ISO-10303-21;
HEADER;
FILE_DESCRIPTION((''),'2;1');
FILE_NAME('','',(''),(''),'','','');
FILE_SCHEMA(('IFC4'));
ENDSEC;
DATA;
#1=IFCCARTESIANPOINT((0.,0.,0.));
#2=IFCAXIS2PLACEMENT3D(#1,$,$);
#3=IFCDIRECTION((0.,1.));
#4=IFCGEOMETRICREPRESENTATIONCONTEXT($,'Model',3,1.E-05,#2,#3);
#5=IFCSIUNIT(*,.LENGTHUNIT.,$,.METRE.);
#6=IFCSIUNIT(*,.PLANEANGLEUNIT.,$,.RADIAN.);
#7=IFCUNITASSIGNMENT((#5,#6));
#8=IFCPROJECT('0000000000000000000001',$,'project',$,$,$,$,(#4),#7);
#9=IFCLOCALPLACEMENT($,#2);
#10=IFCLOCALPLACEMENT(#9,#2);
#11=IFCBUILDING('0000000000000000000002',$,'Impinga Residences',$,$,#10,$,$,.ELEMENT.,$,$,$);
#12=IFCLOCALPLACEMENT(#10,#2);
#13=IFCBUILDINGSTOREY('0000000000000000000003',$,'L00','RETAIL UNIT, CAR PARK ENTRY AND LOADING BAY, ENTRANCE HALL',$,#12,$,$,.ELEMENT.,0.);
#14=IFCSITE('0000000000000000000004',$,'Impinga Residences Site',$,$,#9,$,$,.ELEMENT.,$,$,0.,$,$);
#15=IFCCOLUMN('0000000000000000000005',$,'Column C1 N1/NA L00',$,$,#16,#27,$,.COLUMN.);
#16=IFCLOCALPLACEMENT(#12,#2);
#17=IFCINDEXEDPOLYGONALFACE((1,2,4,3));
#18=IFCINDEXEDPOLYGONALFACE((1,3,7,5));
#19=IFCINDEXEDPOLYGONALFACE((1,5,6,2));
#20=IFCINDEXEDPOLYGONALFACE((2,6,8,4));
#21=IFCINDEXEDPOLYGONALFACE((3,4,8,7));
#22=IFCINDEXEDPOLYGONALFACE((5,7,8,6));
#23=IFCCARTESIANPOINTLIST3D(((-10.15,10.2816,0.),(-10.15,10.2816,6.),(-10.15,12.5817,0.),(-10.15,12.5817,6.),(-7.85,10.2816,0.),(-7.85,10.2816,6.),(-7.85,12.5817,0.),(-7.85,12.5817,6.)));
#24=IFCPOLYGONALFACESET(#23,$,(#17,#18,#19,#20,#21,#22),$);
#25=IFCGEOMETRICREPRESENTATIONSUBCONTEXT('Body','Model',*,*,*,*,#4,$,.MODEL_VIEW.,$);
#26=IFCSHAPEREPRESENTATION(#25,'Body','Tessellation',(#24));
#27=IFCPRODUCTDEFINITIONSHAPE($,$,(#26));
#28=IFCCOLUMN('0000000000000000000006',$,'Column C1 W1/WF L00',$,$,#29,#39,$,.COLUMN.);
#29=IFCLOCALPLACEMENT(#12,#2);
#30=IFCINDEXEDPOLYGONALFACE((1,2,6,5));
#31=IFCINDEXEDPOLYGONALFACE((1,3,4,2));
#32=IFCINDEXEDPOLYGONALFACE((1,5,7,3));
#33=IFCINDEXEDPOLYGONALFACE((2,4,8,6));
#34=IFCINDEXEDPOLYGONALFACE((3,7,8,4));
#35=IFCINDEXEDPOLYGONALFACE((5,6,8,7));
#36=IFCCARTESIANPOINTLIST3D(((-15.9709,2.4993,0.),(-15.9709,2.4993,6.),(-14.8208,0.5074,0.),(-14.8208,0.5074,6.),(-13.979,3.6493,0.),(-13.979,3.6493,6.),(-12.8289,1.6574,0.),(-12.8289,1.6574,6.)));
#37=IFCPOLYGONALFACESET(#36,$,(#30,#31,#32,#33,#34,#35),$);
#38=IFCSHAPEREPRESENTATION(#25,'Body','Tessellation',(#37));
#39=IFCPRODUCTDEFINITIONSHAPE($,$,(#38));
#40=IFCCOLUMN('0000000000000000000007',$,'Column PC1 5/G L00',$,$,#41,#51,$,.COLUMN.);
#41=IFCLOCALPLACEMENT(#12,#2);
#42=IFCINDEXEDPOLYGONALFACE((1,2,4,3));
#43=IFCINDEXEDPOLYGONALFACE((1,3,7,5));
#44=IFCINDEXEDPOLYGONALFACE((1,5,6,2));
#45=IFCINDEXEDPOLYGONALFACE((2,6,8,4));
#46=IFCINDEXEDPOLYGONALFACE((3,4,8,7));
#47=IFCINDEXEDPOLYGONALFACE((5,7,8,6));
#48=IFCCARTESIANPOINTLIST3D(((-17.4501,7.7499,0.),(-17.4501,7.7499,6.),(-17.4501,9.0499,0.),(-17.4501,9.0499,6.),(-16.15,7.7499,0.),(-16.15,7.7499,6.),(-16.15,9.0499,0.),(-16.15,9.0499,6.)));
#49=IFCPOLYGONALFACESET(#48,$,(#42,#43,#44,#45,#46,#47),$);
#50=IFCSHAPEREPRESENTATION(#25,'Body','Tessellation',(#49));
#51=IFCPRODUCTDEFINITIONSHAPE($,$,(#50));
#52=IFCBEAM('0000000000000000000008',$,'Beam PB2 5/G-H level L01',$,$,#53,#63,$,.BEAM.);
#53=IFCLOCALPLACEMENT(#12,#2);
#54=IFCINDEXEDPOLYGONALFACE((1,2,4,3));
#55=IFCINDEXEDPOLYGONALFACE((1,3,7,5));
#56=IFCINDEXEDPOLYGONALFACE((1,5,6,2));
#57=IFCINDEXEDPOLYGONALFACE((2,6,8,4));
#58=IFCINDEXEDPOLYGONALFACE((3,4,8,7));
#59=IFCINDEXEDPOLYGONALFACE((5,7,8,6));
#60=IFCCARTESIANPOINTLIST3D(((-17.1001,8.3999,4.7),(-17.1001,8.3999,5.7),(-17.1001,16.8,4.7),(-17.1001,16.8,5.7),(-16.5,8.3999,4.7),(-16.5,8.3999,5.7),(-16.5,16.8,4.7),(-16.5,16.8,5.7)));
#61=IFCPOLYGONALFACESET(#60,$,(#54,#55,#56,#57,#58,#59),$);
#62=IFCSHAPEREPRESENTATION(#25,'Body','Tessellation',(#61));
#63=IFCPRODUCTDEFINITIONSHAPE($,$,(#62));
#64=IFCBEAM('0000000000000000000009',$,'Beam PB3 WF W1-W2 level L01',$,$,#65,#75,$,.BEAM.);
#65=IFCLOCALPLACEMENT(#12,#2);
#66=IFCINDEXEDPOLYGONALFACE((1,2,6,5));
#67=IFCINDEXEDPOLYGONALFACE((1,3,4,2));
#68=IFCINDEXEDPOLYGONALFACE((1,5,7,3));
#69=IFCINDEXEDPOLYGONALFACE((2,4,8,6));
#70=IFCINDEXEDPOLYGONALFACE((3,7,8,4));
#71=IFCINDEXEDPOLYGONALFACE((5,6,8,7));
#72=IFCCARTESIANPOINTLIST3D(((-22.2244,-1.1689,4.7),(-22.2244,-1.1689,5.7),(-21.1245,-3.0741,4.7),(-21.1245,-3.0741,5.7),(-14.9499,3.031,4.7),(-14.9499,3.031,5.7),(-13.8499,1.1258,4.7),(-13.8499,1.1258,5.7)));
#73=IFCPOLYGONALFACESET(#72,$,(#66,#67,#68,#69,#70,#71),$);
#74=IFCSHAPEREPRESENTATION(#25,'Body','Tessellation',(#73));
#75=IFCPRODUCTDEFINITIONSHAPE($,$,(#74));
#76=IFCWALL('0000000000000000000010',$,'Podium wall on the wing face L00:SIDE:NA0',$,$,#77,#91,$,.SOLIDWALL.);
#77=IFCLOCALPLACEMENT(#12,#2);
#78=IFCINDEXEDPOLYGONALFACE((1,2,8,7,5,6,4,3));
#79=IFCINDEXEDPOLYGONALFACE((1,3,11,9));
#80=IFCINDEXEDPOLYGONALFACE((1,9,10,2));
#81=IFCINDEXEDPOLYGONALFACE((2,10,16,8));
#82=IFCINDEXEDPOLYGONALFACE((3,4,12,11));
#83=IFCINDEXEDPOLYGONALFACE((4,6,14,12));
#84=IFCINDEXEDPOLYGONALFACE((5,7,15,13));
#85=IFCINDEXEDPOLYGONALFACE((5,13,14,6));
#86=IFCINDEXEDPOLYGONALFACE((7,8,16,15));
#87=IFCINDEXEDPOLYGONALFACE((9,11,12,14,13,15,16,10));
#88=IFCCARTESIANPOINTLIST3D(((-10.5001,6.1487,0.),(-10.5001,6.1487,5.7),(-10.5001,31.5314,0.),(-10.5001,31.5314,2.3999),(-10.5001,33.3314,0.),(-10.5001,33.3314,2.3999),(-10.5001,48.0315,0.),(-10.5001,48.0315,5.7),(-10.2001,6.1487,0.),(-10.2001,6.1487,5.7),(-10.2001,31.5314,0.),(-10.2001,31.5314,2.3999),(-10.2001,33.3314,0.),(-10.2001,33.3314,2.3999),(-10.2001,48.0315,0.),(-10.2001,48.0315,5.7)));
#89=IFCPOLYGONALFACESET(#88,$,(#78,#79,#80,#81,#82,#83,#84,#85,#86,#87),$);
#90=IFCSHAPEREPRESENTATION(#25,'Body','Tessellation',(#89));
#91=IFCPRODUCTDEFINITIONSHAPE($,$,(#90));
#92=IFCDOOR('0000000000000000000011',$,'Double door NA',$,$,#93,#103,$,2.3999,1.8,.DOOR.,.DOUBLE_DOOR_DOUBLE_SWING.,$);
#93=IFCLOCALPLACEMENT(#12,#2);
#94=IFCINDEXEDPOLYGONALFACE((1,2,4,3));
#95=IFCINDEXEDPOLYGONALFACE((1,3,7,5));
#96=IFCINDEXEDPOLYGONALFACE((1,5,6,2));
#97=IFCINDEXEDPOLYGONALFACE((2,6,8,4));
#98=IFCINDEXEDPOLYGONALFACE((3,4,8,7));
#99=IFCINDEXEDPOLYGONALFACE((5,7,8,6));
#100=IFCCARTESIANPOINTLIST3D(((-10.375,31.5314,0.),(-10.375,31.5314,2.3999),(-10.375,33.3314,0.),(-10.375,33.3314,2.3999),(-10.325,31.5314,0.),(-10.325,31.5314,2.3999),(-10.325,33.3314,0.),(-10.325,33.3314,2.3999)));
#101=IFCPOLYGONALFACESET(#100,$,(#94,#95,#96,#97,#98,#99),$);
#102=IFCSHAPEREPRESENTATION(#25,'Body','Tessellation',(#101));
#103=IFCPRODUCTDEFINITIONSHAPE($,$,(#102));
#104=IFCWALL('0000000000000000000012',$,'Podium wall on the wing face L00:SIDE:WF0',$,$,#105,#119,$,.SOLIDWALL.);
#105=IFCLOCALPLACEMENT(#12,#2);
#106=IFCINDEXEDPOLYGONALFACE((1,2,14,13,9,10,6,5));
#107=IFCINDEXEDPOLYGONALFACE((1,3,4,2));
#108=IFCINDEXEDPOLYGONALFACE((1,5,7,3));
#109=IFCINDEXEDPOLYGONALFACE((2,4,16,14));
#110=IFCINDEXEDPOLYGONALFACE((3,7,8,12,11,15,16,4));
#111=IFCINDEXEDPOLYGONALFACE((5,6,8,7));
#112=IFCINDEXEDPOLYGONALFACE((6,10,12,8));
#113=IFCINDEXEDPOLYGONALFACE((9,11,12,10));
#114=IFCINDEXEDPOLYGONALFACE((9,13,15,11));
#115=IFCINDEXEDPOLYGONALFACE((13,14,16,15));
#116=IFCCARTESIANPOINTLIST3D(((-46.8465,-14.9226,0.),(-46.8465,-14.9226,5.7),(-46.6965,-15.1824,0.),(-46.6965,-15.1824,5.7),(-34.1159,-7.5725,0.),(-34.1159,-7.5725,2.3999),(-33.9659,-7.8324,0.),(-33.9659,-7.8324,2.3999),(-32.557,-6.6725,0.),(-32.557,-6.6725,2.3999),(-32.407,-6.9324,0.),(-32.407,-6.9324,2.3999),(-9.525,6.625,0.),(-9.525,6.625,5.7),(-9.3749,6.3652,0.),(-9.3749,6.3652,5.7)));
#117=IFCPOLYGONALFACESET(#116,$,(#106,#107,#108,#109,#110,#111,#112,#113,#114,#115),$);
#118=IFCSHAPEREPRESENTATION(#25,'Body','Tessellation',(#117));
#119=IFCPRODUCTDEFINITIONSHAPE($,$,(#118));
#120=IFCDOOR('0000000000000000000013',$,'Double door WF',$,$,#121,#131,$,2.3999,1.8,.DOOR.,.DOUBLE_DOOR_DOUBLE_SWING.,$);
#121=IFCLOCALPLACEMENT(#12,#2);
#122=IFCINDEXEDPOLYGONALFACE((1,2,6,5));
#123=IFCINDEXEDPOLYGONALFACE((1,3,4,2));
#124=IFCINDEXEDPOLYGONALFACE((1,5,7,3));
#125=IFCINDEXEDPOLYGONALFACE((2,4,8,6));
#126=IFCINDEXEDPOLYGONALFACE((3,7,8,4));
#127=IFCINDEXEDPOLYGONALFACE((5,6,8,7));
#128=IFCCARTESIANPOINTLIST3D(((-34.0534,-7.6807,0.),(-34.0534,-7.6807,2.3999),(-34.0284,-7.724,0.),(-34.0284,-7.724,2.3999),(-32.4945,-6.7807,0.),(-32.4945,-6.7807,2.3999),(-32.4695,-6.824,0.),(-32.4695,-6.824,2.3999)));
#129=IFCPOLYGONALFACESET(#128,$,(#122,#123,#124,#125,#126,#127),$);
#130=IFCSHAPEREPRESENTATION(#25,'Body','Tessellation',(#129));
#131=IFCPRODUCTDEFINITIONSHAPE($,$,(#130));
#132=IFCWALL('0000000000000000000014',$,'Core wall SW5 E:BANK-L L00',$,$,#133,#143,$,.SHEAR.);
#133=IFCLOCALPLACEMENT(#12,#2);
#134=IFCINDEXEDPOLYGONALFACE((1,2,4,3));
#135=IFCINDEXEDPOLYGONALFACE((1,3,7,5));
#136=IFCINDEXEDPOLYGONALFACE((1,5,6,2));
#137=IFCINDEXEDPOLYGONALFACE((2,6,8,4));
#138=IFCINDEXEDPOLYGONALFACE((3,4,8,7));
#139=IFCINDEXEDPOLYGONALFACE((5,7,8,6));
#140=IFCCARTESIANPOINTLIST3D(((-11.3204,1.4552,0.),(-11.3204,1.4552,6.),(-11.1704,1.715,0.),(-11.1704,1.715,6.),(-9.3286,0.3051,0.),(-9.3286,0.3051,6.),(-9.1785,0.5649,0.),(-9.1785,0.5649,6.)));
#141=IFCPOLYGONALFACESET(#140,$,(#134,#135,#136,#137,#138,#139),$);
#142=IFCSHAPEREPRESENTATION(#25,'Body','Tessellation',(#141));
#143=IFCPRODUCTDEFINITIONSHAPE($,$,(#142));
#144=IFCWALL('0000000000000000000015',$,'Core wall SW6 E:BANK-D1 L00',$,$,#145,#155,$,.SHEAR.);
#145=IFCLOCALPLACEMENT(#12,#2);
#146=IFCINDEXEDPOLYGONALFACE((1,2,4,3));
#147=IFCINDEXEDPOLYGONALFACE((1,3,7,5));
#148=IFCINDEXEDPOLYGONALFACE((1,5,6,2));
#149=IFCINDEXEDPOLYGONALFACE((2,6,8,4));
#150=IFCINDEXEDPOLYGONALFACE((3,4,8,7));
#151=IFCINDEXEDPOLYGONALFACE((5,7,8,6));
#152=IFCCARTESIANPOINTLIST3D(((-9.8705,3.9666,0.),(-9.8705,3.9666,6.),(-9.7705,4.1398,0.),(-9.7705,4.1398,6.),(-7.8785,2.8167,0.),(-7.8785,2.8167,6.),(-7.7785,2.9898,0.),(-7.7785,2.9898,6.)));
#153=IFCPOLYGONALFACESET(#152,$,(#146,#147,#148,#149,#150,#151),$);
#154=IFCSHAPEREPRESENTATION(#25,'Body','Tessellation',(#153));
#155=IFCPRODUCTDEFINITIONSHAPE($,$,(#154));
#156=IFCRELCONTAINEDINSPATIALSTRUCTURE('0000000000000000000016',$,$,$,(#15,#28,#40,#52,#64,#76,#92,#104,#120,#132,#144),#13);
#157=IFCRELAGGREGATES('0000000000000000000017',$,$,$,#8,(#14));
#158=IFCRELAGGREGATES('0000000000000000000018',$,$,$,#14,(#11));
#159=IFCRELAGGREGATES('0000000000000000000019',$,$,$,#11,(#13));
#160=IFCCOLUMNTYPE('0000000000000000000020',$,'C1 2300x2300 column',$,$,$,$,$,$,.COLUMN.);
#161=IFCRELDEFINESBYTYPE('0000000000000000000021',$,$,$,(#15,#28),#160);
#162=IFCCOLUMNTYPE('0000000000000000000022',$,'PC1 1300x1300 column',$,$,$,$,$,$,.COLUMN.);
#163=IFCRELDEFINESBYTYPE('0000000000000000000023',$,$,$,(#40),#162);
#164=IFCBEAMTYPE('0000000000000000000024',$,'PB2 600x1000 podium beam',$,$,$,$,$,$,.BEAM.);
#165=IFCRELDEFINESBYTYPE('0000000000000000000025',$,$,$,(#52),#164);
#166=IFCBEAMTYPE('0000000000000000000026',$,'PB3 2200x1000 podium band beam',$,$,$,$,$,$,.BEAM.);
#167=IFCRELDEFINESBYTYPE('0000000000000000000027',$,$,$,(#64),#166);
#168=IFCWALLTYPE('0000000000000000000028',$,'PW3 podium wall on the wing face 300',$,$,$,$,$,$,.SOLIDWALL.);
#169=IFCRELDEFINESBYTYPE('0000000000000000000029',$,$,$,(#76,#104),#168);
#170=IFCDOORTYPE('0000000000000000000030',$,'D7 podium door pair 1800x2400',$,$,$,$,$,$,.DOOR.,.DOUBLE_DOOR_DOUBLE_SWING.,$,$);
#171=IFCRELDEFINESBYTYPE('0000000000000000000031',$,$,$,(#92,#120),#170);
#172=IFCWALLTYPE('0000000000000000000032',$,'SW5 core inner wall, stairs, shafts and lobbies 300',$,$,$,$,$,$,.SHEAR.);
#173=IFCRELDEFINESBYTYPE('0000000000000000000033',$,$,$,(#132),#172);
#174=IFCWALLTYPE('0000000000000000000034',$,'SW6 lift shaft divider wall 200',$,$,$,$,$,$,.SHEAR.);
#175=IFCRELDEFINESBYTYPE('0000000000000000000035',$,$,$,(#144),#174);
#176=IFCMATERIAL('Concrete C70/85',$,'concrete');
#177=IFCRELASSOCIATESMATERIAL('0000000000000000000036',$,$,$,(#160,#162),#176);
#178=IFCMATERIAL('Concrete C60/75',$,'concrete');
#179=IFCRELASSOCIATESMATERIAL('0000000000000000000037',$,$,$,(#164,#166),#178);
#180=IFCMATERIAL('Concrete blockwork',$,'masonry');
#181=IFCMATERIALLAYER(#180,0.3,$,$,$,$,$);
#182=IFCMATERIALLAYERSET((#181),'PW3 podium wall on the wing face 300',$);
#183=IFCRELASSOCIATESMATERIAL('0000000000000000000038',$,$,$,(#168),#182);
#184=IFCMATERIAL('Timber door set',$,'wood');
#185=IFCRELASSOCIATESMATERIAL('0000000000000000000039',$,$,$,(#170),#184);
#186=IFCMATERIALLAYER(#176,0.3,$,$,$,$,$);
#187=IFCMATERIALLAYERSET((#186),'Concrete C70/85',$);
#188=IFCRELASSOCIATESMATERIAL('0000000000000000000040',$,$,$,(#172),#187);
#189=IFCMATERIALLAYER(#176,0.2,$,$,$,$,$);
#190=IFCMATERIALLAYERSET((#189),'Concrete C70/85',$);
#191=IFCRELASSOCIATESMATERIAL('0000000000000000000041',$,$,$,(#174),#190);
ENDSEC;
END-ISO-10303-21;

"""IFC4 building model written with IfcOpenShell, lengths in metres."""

from ifc_helpers import new_model, si_unit, direction, frame, frame_2d, origin, origin_2d, place, context, subcontext, project, spatial, rectangle, extrude, material, layer, layer_set, material_profile, profile_set, type_object, element, fill, save


model = new_model("IFC4")

# Units and contexts
model_context = context("Model", 3, precision=1e-05, world=origin(), true_north=direction((0.0, 1.0)))
body_context = subcontext(model_context, "Body", "Model", "MODEL_VIEW")
ifc_project = project(units=[si_unit("LENGTHUNIT", "METRE"), si_unit("PLANEANGLEUNIT", "RADIAN")], contexts=[model_context])

# Site, building, storey
site_placement = place(None, origin())
site = spatial("IfcSite", under=ifc_project, at=site_placement, Name="Impinga Residences Site", CompositionType="ELEMENT", RefElevation=0.0)
building_placement = place(site_placement, origin())
building = spatial("IfcBuilding", under=site, at=building_placement, Name="Impinga Residences", CompositionType="ELEMENT")
storey_placement = place(building_placement, origin())
storey = spatial("IfcBuildingStorey", under=building, at=storey_placement, Name="L00", Description="RETAIL UNIT, CAR PARK ENTRY AND LOADING BAY, ENTRANCE HALL", CompositionType="ELEMENT", Elevation=0.0)

# Columns
ifc_material_1 = material(Name="Concrete C70/85", Category="concrete")
ifc_material_profile_1 = material_profile(ifc_material_1, rectangle(XDim=2.3, YDim=2.3, at=origin_2d()), Name="RC 2300x2300")
ifc_profile_set_1 = profile_set([ifc_material_profile_1], Name="Concrete C70/85")
column_type_1 = type_object("IfcColumnType", Name="C1 2300x2300 column", PredefinedType="COLUMN", material=ifc_profile_set_1)
for number, where, z_axis, x_axis, name in (
    (1, (-9.0, 11.4316, 0.0), (0.0, 0.0, 1.0), (1.0, 0.0, 0.0), "Column C1 N1/NA L00"),
    (2, (-14.3999, 2.0784, 0.0), (0.0, 0.0, 1.0), (-0.5, 0.866025, 0.0), "Column C1 W1/WF L00"),
):
    element("IfcColumn", number, at=place(storey_placement, frame(where, z_axis=z_axis, x_axis=x_axis)), inside=storey, type_object=column_type_1, Name=name, PredefinedType="COLUMN", context=body_context, shape_type="SweptSolid", body=[
        extrude(rectangle(XDim=2.3, YDim=2.3, at=origin_2d()), origin(), (0.0, 0.0, 1.0), 6.0),
    ])
ifc_material_profile_2 = material_profile(ifc_material_1, rectangle(XDim=1.3, YDim=1.3, at=origin_2d()), Name="RC 1300x1300")
ifc_profile_set_2 = profile_set([ifc_material_profile_2], Name="Concrete C70/85")
column_type_2 = type_object("IfcColumnType", Name="PC1 1300x1300 column", PredefinedType="COLUMN", material=ifc_profile_set_2)
column_placement = place(storey_placement, frame((-16.8, 8.3999, 0.0), z_axis=(0.0, 0.0, 1.0), x_axis=(1.0, 0.0, 0.0)))
element("IfcColumn", 3, at=column_placement, inside=storey, type_object=column_type_2, Name="Column PC1 5/G L00", PredefinedType="COLUMN", context=body_context, shape_type="SweptSolid", body=[
    extrude(rectangle(XDim=1.3, YDim=1.3, at=origin_2d()), origin(), (0.0, 0.0, 1.0), 6.0),
])

# Beams
ifc_material_2 = material(Name="Concrete C60/75", Category="concrete")
ifc_material_profile_3 = material_profile(ifc_material_2, rectangle(XDim=0.6001, YDim=1.0, at=origin_2d()), Name="RC 600x1000")
ifc_profile_set_3 = profile_set([ifc_material_profile_3], Name="Concrete C60/75")
beam_type_1 = type_object("IfcBeamType", Name="PB2 600x1000 podium beam", PredefinedType="BEAM", material=ifc_profile_set_3)
beam_1_placement = place(storey_placement, frame((-16.8, 8.3999, 5.2), z_axis=(0.0, 1.0, 0.0), x_axis=(-1.0, 0.0, 0.0)))
element("IfcBeam", 4, at=beam_1_placement, inside=storey, type_object=beam_type_1, Name="Beam PB2 5/G-H level L01", PredefinedType="BEAM", context=body_context, shape_type="SweptSolid", body=[
    extrude(rectangle(XDim=0.6001, YDim=1.0, at=origin_2d()), origin(), (0.0, 0.0, 1.0), 8.4001),
])
ifc_material_profile_4 = material_profile(ifc_material_2, rectangle(XDim=2.2, YDim=1.0, at=origin_2d()), Name="RC 2200x1000")
ifc_profile_set_4 = profile_set([ifc_material_profile_4], Name="Concrete C60/75")
beam_type_2 = type_object("IfcBeamType", Name="PB3 2200x1000 podium band beam", PredefinedType="BEAM", material=ifc_profile_set_4)
beam_2_placement = place(storey_placement, frame((-14.3999, 2.0784, 5.2), z_axis=(-0.866029, -0.499993, 0.0), x_axis=(0.499993, -0.866029, 0.0)))
element("IfcBeam", 5, at=beam_2_placement, inside=storey, type_object=beam_type_2, Name="Beam PB3 WF W1-W2 level L01", PredefinedType="BEAM", context=body_context, shape_type="SweptSolid", body=[
    extrude(rectangle(XDim=2.2, YDim=1.0, at=origin_2d()), origin(), (0.0, 0.0, 1.0), 8.3999),
])

# Walls, openings, doors
ifc_material_3 = material(Name="Concrete blockwork", Category="masonry")
ifc_layer_1 = layer(ifc_material_3, 0.3)
ifc_layer_set_1 = layer_set([ifc_layer_1], Name="PW3 podium wall on the wing face 300")
wall_type_1 = type_object("IfcWallType", Name="PW3 podium wall on the wing face 300", PredefinedType="SOLIDWALL", material=ifc_layer_set_1)
wall_1_placement = place(storey_placement, frame((-10.3501, 6.1487, 0.0), z_axis=(0.0, 0.0, 1.0), x_axis=(0.0, 1.0, 0.0)))
wall_1 = element("IfcWall", 6, at=wall_1_placement, inside=storey, type_object=wall_type_1, Name="Podium wall on the wing face L00:SIDE:NA0", PredefinedType="SOLIDWALL", context=body_context, shape_type="SweptSolid", body=[
    extrude(rectangle(XDim=41.8828, YDim=0.3, at=frame_2d((20.9414, 0.0))), origin(), (0.0, 0.0, 1.0), 5.7),
])
opening_1_placement = place(wall_1_placement, frame((25.3828, 0.0, 0.0)))
opening_1 = element("IfcOpeningElement", 7, at=opening_1_placement, cuts=wall_1, PredefinedType="OPENING", context=body_context, shape_type="SweptSolid", body=[
    extrude(rectangle(XDim=1.8, YDim=2.3999, at=frame_2d((0.8999, 1.2))), frame((0.0, 0.1599, 0.0), z_axis=(0.0, -1.0, 0.0), x_axis=(1.0, 0.0, 0.0)), (0.0, 0.0, 1.0), 0.3201),
])
ifc_material_4 = material(Name="Timber door set", Category="wood")
door_type = type_object("IfcDoorType", Name="D7 podium door pair 1800x2400", OperationType="DOUBLE_DOOR_DOUBLE_SWING", PredefinedType="DOOR", material=ifc_material_4)
door_1_placement = place(opening_1_placement, origin())
door_1 = element("IfcDoor", 8, at=door_1_placement, inside=storey, type_object=door_type, Name="Double door NA", OperationType="DOUBLE_DOOR_DOUBLE_SWING", OverallHeight=2.3999, OverallWidth=1.8, PredefinedType="DOOR", context=body_context, shape_type="SweptSolid", body=[
    extrude(rectangle(XDim=1.8, YDim=2.3999, at=frame_2d((0.8999, 1.2))), frame((0.0, 0.0249, 0.0), z_axis=(0.0, -1.0, 0.0), x_axis=(1.0, 0.0, 0.0)), (0.0, 0.0, 1.0), 0.05),
])
fill(opening_1, door_1)
wall_2_placement = place(storey_placement, frame((-9.45, 6.4951, 0.0), z_axis=(0.0, 0.0, 1.0), x_axis=(-0.866025, -0.5, 0.0)))
wall_2 = element("IfcWall", 9, at=wall_2_placement, inside=storey, type_object=wall_type_1, Name="Podium wall on the wing face L00:SIDE:WF0", PredefinedType="SOLIDWALL", context=body_context, shape_type="SweptSolid", body=[
    extrude(rectangle(XDim=43.0952, YDim=0.3, at=frame_2d((21.5476, 0.0))), origin(), (0.0, 0.0, 1.0), 5.7),
])
opening_2_placement = place(wall_2_placement, frame((26.5952, 0.0, 0.0)))
opening_2 = element("IfcOpeningElement", 10, at=opening_2_placement, cuts=wall_2, PredefinedType="OPENING", context=body_context, shape_type="SweptSolid", body=[
    extrude(rectangle(XDim=1.8, YDim=2.3999, at=frame_2d((0.8999, 1.2))), frame((0.0, 0.1599, 0.0), z_axis=(0.0, -1.0, 0.0), x_axis=(1.0, 0.0, 0.0)), (0.0, 0.0, 1.0), 0.3201),
])
door_2_placement = place(opening_2_placement, origin())
door_2 = element("IfcDoor", 11, at=door_2_placement, inside=storey, type_object=door_type, Name="Double door WF", OperationType="DOUBLE_DOOR_DOUBLE_SWING", OverallHeight=2.3999, OverallWidth=1.8, PredefinedType="DOOR", context=body_context, shape_type="SweptSolid", body=[
    extrude(rectangle(XDim=1.8, YDim=2.3999, at=frame_2d((0.8999, 1.2))), frame((0.0, 0.0249, 0.0), z_axis=(0.0, -1.0, 0.0), x_axis=(1.0, 0.0, 0.0)), (0.0, 0.0, 1.0), 0.05),
])
fill(opening_2, door_2)

# Walls
ifc_layer_2 = layer(ifc_material_1, 0.3)
ifc_layer_set_2 = layer_set([ifc_layer_2], Name="Concrete C70/85")
wall_type_2 = type_object("IfcWallType", Name="SW5 core inner wall, stairs, shafts and lobbies 300", PredefinedType="SHEAR", material=ifc_layer_set_2)
wall_3_placement = place(storey_placement, frame((-9.2537, 0.4351, 0.0), z_axis=(0.0, 0.0, 1.0), x_axis=(-0.866007, 0.500032, 0.0)))
element("IfcWall", 12, at=wall_3_placement, inside=storey, type_object=wall_type_2, Name="Core wall SW5 E:BANK-L L00", PredefinedType="SHEAR", context=body_context, shape_type="SweptSolid", body=[
    extrude(rectangle(XDim=2.3, YDim=0.3, at=frame_2d((1.1499, 0.0))), origin(), (0.0, 0.0, 1.0), 6.0),
])
ifc_layer_3 = layer(ifc_material_1, 0.2)
ifc_layer_set_3 = layer_set([ifc_layer_3], Name="Concrete C70/85")
wall_type_3 = type_object("IfcWallType", Name="SW6 lift shaft divider wall 200", PredefinedType="SHEAR", material=ifc_layer_set_3)
wall_4_placement = place(storey_placement, frame((-7.8286, 2.9033, 0.0), z_axis=(0.0, 0.0, 1.0), x_axis=(-0.866053, 0.499952, 0.0)))
element("IfcWall", 13, at=wall_4_placement, inside=storey, type_object=wall_type_3, Name="Core wall SW6 E:BANK-D1 L00", PredefinedType="SHEAR", context=body_context, shape_type="SweptSolid", body=[
    extrude(rectangle(XDim=2.3, YDim=0.2, at=frame_2d((1.1499, 0.0))), origin(), (0.0, 0.0, 1.0), 6.0),
])

save(model, "model.ifc")
